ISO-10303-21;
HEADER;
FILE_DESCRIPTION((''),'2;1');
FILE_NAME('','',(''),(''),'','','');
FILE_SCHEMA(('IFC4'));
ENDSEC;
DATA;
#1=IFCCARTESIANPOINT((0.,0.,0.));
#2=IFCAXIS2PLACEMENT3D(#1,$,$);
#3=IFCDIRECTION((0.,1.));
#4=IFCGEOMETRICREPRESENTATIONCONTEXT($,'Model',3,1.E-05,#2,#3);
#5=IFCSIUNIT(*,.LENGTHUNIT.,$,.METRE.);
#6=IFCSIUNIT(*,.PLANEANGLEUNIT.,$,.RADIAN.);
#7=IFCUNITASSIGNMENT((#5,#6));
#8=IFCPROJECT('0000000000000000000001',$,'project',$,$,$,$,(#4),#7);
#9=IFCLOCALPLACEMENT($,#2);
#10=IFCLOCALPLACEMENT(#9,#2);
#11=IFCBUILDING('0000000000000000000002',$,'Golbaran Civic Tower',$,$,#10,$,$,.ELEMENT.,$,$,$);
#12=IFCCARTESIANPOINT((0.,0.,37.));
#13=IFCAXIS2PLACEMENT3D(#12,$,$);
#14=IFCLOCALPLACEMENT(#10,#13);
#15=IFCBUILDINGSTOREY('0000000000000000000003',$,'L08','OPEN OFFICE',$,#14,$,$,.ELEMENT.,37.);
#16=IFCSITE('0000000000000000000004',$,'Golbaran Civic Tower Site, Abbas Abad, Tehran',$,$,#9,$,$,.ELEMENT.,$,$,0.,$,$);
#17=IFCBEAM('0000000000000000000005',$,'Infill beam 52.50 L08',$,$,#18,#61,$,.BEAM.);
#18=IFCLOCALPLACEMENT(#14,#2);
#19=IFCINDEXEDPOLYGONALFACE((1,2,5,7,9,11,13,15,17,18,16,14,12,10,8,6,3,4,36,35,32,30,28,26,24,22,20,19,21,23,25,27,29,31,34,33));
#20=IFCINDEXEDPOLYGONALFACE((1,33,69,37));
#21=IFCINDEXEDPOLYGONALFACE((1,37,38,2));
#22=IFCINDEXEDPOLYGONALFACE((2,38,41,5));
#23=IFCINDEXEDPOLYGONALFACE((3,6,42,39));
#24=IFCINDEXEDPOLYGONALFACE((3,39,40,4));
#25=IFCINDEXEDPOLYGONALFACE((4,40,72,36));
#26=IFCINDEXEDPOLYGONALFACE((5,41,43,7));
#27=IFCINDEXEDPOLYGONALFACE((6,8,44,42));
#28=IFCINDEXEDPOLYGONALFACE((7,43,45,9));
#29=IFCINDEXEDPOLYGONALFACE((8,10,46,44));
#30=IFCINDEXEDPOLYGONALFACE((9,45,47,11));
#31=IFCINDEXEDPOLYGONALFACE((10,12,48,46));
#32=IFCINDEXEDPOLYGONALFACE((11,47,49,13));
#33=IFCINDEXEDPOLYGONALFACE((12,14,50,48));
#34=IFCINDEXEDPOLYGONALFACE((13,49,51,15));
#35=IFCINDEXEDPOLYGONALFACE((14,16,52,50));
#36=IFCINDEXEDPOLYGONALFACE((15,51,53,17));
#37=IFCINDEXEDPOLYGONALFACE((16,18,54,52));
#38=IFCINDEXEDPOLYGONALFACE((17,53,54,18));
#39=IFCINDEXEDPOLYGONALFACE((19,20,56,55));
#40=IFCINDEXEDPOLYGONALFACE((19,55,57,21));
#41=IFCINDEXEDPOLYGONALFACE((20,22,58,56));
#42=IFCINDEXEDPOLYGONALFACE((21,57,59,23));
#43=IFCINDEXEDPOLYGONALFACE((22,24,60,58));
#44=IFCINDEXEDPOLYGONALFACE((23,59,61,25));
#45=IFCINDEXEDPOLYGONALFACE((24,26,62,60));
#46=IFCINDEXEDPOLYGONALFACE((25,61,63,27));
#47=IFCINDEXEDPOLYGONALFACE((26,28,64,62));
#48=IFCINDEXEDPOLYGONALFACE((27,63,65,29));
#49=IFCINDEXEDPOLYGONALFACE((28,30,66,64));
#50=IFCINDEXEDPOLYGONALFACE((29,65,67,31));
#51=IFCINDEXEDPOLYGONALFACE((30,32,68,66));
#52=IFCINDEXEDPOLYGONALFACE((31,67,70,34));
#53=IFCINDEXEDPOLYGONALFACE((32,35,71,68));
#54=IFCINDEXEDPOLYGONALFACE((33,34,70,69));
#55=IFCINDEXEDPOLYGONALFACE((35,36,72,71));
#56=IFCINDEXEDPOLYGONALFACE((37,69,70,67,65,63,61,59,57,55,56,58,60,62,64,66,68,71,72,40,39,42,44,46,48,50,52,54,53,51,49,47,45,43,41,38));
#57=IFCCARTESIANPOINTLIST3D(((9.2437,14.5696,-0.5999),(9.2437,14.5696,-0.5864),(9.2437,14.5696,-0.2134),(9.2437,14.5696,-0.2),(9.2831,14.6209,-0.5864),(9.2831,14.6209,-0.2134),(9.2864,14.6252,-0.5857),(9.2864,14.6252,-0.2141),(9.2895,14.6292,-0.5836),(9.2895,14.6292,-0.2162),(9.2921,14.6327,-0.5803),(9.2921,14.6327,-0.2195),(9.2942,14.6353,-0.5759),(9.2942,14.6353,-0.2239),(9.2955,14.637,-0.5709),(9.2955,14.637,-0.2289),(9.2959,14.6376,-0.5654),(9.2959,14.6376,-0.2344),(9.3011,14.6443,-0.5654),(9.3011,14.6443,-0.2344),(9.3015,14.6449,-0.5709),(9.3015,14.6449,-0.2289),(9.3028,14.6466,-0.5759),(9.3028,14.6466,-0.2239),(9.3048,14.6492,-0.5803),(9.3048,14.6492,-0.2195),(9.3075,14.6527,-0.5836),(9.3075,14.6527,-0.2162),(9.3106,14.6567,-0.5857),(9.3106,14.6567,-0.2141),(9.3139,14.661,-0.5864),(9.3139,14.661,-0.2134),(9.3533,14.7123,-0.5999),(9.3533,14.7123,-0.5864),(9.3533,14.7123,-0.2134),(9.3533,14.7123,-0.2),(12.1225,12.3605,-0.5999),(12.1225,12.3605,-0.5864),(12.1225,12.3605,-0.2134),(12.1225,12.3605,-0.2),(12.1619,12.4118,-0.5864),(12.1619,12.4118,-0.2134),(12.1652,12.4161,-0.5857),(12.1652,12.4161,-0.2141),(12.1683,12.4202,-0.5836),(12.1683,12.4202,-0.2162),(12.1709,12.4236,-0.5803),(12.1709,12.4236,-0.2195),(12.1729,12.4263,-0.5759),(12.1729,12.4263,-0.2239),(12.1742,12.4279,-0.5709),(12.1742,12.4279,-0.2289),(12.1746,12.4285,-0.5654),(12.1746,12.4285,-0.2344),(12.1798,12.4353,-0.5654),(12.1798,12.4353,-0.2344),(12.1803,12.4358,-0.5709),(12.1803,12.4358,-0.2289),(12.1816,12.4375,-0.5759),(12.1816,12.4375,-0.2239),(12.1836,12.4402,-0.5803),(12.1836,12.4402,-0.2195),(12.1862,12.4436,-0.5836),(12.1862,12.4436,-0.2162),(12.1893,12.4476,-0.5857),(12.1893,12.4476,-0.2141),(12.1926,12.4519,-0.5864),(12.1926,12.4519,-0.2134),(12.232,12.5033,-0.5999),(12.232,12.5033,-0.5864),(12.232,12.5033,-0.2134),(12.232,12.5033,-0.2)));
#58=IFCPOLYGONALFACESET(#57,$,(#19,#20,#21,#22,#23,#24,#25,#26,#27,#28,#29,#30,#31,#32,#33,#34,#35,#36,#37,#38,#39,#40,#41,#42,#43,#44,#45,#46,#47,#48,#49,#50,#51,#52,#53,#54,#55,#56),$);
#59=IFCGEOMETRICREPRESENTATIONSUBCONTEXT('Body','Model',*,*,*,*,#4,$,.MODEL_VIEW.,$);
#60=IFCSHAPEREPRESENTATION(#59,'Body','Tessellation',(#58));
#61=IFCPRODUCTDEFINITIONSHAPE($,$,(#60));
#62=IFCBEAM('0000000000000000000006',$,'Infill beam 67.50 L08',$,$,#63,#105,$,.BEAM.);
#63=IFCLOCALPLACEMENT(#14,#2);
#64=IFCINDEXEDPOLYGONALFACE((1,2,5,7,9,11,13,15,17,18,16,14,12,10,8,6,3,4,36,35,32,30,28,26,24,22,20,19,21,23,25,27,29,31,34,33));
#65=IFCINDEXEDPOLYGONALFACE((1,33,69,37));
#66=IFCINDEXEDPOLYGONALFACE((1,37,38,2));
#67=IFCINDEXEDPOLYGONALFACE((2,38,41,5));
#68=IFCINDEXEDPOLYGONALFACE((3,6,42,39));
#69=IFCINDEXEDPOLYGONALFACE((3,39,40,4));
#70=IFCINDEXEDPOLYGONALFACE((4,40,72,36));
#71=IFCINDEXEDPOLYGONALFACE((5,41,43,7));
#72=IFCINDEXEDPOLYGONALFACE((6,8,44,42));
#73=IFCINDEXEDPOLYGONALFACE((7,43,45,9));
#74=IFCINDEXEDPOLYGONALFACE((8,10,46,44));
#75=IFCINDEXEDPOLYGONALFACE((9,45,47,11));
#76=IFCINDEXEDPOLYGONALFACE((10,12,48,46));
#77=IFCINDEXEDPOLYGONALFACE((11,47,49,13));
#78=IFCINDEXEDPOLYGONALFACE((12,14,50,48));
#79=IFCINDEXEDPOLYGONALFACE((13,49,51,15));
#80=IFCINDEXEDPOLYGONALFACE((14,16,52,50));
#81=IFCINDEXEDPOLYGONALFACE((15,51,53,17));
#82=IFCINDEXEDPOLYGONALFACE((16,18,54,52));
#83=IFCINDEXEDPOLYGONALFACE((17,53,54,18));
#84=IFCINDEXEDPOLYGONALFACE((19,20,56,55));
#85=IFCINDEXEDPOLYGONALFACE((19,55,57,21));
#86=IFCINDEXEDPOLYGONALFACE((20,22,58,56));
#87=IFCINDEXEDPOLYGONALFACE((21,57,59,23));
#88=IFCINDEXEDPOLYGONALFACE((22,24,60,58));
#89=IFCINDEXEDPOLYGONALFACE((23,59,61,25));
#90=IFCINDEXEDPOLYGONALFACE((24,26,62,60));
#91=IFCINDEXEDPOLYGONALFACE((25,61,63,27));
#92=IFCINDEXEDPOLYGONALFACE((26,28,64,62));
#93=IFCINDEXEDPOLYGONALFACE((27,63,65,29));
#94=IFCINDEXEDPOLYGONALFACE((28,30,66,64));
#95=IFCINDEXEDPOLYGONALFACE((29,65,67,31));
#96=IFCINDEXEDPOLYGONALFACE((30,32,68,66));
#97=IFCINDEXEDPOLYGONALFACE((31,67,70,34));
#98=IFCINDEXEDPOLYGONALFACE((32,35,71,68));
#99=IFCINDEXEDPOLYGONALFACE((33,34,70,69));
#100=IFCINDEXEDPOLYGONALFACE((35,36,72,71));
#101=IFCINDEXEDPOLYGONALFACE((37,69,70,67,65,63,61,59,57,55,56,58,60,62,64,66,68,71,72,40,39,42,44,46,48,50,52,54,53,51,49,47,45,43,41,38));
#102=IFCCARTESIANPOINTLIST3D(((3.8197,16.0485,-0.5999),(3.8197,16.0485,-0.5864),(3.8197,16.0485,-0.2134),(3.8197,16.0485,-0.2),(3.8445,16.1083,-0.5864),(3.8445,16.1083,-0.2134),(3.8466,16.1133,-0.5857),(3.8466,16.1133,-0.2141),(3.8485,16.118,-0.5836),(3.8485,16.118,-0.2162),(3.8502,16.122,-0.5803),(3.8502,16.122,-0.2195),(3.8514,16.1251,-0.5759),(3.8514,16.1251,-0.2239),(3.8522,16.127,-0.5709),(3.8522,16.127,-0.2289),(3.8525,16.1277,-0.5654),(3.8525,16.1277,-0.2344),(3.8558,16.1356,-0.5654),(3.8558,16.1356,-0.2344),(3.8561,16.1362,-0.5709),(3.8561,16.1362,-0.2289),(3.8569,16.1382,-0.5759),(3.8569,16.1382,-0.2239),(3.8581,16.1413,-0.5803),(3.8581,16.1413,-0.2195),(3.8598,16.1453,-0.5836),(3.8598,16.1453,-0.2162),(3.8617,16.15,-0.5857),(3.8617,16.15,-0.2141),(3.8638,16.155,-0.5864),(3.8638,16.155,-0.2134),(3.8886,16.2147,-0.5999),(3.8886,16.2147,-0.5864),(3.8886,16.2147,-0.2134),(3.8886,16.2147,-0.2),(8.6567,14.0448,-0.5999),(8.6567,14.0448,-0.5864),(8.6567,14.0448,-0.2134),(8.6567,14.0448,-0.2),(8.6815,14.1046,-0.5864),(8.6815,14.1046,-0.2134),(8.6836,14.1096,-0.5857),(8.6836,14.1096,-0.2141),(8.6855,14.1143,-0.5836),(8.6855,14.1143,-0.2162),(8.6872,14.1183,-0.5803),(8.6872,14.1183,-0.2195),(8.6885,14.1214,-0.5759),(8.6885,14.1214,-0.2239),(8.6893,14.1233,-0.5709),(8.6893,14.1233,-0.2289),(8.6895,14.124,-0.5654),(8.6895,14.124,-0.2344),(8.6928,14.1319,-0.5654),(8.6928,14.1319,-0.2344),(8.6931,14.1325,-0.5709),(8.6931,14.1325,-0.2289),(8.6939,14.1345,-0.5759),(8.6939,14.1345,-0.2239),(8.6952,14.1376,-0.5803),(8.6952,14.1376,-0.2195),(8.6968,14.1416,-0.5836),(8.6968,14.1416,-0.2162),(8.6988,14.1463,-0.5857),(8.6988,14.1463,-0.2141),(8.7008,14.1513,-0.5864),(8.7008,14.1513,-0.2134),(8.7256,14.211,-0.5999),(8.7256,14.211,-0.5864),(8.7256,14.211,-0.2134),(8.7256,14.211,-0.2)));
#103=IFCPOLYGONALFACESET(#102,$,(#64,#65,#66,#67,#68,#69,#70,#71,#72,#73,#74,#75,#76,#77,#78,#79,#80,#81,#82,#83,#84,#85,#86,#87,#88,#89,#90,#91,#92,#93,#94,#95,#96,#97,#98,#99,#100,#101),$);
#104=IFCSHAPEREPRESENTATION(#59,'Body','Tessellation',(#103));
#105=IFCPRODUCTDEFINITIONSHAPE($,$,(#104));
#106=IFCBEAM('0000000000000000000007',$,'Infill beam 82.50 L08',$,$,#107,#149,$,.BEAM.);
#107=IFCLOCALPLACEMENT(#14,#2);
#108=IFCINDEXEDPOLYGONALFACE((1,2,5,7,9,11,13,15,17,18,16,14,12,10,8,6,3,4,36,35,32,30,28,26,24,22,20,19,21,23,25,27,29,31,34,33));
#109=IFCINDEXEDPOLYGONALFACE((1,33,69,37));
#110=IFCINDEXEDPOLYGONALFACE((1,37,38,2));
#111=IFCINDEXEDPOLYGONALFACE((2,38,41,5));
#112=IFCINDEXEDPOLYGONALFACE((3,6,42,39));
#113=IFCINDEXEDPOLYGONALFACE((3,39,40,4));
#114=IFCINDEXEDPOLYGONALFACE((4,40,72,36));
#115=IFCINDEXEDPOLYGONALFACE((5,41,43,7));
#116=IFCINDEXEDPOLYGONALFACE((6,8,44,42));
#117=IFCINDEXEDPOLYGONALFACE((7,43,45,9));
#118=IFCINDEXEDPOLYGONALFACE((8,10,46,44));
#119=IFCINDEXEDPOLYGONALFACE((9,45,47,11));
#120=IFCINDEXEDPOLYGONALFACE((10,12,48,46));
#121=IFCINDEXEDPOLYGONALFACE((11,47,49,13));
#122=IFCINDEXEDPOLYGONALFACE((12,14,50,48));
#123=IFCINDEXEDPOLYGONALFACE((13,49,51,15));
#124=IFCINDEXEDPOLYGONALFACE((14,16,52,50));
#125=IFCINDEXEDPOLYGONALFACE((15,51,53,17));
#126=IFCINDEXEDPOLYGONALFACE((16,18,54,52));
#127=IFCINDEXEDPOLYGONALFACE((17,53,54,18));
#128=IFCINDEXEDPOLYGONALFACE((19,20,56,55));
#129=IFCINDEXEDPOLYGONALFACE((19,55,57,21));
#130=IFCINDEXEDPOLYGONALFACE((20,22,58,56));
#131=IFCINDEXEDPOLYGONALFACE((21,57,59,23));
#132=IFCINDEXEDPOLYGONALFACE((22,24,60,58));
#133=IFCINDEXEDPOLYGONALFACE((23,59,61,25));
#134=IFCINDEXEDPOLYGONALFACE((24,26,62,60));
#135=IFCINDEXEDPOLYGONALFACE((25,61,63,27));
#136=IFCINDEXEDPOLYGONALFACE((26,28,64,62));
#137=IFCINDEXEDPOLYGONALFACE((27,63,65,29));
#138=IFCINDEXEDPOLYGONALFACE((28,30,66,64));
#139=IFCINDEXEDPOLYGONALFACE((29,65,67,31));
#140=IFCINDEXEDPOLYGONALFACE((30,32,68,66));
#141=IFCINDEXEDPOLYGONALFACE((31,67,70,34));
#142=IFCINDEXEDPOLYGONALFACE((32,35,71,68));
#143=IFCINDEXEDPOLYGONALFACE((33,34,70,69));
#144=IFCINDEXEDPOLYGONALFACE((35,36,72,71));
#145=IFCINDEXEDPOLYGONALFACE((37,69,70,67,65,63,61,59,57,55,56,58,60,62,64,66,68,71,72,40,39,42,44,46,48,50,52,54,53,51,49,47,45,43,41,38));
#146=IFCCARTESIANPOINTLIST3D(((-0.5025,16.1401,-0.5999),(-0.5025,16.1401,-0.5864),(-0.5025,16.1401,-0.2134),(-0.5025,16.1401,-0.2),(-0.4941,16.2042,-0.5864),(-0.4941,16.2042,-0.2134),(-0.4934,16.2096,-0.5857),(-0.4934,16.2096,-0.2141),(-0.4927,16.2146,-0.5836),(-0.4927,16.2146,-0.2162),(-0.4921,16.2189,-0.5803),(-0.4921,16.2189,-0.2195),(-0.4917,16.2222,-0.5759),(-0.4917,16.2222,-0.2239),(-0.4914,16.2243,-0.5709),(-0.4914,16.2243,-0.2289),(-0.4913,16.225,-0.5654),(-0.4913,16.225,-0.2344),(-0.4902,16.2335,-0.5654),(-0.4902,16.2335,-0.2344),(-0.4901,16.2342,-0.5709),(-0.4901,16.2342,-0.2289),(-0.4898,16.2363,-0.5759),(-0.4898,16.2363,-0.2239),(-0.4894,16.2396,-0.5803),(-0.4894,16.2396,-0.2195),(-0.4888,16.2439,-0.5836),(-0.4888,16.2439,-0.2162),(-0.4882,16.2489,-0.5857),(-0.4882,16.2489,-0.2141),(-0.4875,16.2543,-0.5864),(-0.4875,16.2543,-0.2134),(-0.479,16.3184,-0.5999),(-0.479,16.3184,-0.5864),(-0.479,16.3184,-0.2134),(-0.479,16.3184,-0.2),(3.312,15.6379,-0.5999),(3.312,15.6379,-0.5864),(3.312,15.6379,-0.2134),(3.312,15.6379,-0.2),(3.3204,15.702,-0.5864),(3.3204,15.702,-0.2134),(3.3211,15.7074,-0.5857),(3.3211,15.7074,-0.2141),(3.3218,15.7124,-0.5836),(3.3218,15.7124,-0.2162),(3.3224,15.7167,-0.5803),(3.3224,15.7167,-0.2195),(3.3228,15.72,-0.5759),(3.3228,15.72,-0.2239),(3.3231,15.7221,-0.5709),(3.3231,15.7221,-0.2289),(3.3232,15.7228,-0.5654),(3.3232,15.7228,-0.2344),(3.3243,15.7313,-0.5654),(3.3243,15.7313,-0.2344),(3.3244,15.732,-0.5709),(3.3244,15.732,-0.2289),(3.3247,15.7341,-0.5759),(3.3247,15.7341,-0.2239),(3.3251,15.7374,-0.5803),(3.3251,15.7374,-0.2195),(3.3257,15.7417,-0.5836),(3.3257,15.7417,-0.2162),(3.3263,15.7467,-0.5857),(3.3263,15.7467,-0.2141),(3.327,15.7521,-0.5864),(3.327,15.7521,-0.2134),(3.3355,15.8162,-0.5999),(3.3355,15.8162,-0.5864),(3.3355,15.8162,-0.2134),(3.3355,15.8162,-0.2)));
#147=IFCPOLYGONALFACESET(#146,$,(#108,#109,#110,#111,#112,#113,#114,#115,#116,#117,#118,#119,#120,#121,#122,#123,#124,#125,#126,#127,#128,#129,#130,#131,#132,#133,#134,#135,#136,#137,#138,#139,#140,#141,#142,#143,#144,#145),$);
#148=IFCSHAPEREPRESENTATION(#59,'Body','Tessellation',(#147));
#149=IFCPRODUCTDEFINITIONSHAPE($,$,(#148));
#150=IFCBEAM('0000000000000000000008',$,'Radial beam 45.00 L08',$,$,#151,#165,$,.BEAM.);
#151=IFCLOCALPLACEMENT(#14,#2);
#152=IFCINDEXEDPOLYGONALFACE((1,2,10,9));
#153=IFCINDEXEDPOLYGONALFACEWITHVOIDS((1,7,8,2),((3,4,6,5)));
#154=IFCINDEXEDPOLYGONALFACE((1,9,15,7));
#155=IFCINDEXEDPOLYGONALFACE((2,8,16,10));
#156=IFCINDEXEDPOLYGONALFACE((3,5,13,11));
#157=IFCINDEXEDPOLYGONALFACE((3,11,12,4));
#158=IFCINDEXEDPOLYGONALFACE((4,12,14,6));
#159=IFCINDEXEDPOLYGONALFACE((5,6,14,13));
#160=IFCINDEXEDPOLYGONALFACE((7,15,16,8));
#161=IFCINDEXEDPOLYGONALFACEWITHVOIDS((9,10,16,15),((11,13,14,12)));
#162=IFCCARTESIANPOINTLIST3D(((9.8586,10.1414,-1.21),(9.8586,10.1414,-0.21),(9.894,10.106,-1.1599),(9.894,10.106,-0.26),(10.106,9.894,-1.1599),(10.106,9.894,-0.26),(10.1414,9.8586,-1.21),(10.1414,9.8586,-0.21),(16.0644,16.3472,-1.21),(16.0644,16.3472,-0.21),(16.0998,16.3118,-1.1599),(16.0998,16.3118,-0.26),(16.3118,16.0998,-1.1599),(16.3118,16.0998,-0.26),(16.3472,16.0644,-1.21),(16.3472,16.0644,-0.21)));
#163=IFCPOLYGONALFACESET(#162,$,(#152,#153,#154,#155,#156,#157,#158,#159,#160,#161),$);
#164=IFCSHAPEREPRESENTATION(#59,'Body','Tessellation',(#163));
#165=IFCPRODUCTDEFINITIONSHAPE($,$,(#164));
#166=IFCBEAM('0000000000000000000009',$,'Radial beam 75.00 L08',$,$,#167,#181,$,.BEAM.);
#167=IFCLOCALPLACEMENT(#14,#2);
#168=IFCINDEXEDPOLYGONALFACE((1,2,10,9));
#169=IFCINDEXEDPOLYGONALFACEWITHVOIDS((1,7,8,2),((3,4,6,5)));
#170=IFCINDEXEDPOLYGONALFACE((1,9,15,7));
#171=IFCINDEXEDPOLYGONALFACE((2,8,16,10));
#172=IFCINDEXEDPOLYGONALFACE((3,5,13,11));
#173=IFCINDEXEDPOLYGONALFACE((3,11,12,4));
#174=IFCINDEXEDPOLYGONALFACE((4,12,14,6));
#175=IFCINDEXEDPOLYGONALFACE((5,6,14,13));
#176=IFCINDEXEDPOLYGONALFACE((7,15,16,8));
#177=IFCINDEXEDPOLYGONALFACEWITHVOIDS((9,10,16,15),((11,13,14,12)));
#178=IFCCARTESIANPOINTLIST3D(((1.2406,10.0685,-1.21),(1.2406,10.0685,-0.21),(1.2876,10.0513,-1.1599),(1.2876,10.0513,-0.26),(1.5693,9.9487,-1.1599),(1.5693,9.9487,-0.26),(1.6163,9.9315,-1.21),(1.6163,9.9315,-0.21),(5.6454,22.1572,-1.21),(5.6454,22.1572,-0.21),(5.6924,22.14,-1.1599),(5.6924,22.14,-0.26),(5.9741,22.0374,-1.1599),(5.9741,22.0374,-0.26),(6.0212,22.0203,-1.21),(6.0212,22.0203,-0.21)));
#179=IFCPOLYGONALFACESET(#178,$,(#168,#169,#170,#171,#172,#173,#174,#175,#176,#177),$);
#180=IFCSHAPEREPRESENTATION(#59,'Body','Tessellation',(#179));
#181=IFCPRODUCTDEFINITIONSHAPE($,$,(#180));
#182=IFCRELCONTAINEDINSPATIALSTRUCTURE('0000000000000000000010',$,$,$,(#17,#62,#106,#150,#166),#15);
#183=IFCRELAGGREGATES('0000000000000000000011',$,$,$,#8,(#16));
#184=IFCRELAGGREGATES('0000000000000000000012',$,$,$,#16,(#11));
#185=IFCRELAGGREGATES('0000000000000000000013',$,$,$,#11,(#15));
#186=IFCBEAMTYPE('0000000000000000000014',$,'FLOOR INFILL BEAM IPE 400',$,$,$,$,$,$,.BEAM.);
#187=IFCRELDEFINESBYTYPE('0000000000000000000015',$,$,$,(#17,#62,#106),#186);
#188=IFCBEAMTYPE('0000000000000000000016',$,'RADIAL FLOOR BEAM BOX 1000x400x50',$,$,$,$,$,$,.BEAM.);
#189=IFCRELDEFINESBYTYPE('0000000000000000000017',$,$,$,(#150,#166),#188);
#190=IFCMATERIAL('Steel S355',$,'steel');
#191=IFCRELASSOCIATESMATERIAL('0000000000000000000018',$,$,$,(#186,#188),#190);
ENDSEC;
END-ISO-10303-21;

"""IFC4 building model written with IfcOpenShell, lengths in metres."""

from ifc_helpers import new_model, si_unit, direction, frame, origin, origin_2d, place, context, subcontext, project, spatial, hollow_rectangle, i_section, extrude, material, material_profile, profile_set, type_object, element, save


model = new_model("IFC4")

# Units and contexts
model_context = context("Model", 3, precision=1e-05, world=origin(), true_north=direction((0.0, 1.0)))
body_context = subcontext(model_context, "Body", "Model", "MODEL_VIEW")
ifc_project = project(units=[si_unit("LENGTHUNIT", "METRE"), si_unit("PLANEANGLEUNIT", "RADIAN")], contexts=[model_context])

# Site, building, storey
site_placement = place(None, origin())
site = spatial("IfcSite", under=ifc_project, at=site_placement, Name="Golbaran Civic Tower Site, Abbas Abad, Tehran", CompositionType="ELEMENT", RefElevation=0.0)
building_placement = place(site_placement, origin())
building = spatial("IfcBuilding", under=site, at=building_placement, Name="Golbaran Civic Tower", CompositionType="ELEMENT")
storey_placement = place(building_placement, frame((0.0, 0.0, 37.0)))
storey = spatial("IfcBuildingStorey", under=building, at=storey_placement, Name="L08", Description="OPEN OFFICE", CompositionType="ELEMENT", Elevation=37.0)

# Beams
ifc_material_1 = material(Name="Steel S355", Category="steel")
ifc_material_profile_1 = material_profile(ifc_material_1, i_section(OverallWidth=0.1799, OverallDepth=0.3999, WebThickness=0.0085, FlangeThickness=0.0134, FilletRadius=0.021, at=origin_2d()), Name="IPE 400")
ifc_profile_set_1 = profile_set([ifc_material_profile_1], Name="Steel S355")
beam_type_1 = type_object("IfcBeamType", Name="FLOOR INFILL BEAM IPE 400", PredefinedType="BEAM", material=ifc_profile_set_1)
beam_1_placement = place(storey_placement, frame((12.1772, 12.4319, -0.3999), z_axis=(-0.793339, 0.60878, 0.0), x_axis=(-0.60878, -0.793339, 0.0)))
element("IfcBeam", 1, at=beam_1_placement, inside=storey, type_object=beam_type_1, Name="Infill beam 52.50 L08", PredefinedType="BEAM", context=body_context, shape_type="SweptSolid", body=[
    extrude(i_section(OverallWidth=0.1799, OverallDepth=0.3999, WebThickness=0.0085, FlangeThickness=0.0134, FilletRadius=0.021, at=origin_2d()), origin(), (0.0, 0.0, 1.0), 3.6287),
])
beam_2_placement = place(storey_placement, frame((8.6912, 14.1279, -0.3999), z_axis=(-0.92387, 0.382707, 0.0), x_axis=(-0.382707, -0.92387, 0.0)))
element("IfcBeam", 2, at=beam_2_placement, inside=storey, type_object=beam_type_1, Name="Infill beam 67.50 L08", PredefinedType="BEAM", context=body_context, shape_type="SweptSolid", body=[
    extrude(i_section(OverallWidth=0.1799, OverallDepth=0.3999, WebThickness=0.0085, FlangeThickness=0.0134, FilletRadius=0.021, at=origin_2d()), origin(), (0.0, 0.0, 1.0), 5.2356),
])
beam_3_placement = place(storey_placement, frame((3.3237, 15.7271, -0.3999), z_axis=(-0.991444, 0.13053, 0.0), x_axis=(-0.13053, -0.991444, 0.0)))
element("IfcBeam", 3, at=beam_3_placement, inside=storey, type_object=beam_type_1, Name="Infill beam 82.50 L08", PredefinedType="BEAM", context=body_context, shape_type="SweptSolid", body=[
    extrude(i_section(OverallWidth=0.1799, OverallDepth=0.3999, WebThickness=0.0085, FlangeThickness=0.0134, FilletRadius=0.021, at=origin_2d()), origin(), (0.0, 0.0, 1.0), 3.8474),
])
ifc_material_profile_2 = material_profile(ifc_material_1, hollow_rectangle(XDim=0.3999, YDim=1.0, WallThickness=0.05, at=origin_2d()), Name="BOX 1000x400x50")
ifc_profile_set_2 = profile_set([ifc_material_profile_2], Name="Steel S355")
beam_type_2 = type_object("IfcBeamType", Name="RADIAL FLOOR BEAM BOX 1000x400x50", PredefinedType="BEAM", material=ifc_profile_set_2)
beam_4_placement = place(storey_placement, frame((10.0, 10.0, -0.71), z_axis=(0.707107, 0.707107, 0.0), x_axis=(-0.707107, 0.707107, 0.0)))
element("IfcBeam", 4, at=beam_4_placement, inside=storey, type_object=beam_type_2, Name="Radial beam 45.00 L08", PredefinedType="BEAM", context=body_context, shape_type="SweptSolid", body=[
    extrude(hollow_rectangle(XDim=0.3999, YDim=1.0, WallThickness=0.05, at=origin_2d()), origin(), (0.0, 0.0, 1.0), 8.7764),
])
beam_5_placement = place(storey_placement, frame((1.4285, 10.0, -0.71), z_axis=(0.342355, 0.939571, 0.0), x_axis=(-0.939571, 0.342355, 0.0)))
element("IfcBeam", 5, at=beam_5_placement, inside=storey, type_object=beam_type_2, Name="Radial beam 75.00 L08", PredefinedType="BEAM", context=body_context, shape_type="SweptSolid", body=[
    extrude(hollow_rectangle(XDim=0.3999, YDim=1.0, WallThickness=0.05, at=origin_2d()), origin(), (0.0, 0.0, 1.0), 12.8662),
])

save(model, "model.ifc")
